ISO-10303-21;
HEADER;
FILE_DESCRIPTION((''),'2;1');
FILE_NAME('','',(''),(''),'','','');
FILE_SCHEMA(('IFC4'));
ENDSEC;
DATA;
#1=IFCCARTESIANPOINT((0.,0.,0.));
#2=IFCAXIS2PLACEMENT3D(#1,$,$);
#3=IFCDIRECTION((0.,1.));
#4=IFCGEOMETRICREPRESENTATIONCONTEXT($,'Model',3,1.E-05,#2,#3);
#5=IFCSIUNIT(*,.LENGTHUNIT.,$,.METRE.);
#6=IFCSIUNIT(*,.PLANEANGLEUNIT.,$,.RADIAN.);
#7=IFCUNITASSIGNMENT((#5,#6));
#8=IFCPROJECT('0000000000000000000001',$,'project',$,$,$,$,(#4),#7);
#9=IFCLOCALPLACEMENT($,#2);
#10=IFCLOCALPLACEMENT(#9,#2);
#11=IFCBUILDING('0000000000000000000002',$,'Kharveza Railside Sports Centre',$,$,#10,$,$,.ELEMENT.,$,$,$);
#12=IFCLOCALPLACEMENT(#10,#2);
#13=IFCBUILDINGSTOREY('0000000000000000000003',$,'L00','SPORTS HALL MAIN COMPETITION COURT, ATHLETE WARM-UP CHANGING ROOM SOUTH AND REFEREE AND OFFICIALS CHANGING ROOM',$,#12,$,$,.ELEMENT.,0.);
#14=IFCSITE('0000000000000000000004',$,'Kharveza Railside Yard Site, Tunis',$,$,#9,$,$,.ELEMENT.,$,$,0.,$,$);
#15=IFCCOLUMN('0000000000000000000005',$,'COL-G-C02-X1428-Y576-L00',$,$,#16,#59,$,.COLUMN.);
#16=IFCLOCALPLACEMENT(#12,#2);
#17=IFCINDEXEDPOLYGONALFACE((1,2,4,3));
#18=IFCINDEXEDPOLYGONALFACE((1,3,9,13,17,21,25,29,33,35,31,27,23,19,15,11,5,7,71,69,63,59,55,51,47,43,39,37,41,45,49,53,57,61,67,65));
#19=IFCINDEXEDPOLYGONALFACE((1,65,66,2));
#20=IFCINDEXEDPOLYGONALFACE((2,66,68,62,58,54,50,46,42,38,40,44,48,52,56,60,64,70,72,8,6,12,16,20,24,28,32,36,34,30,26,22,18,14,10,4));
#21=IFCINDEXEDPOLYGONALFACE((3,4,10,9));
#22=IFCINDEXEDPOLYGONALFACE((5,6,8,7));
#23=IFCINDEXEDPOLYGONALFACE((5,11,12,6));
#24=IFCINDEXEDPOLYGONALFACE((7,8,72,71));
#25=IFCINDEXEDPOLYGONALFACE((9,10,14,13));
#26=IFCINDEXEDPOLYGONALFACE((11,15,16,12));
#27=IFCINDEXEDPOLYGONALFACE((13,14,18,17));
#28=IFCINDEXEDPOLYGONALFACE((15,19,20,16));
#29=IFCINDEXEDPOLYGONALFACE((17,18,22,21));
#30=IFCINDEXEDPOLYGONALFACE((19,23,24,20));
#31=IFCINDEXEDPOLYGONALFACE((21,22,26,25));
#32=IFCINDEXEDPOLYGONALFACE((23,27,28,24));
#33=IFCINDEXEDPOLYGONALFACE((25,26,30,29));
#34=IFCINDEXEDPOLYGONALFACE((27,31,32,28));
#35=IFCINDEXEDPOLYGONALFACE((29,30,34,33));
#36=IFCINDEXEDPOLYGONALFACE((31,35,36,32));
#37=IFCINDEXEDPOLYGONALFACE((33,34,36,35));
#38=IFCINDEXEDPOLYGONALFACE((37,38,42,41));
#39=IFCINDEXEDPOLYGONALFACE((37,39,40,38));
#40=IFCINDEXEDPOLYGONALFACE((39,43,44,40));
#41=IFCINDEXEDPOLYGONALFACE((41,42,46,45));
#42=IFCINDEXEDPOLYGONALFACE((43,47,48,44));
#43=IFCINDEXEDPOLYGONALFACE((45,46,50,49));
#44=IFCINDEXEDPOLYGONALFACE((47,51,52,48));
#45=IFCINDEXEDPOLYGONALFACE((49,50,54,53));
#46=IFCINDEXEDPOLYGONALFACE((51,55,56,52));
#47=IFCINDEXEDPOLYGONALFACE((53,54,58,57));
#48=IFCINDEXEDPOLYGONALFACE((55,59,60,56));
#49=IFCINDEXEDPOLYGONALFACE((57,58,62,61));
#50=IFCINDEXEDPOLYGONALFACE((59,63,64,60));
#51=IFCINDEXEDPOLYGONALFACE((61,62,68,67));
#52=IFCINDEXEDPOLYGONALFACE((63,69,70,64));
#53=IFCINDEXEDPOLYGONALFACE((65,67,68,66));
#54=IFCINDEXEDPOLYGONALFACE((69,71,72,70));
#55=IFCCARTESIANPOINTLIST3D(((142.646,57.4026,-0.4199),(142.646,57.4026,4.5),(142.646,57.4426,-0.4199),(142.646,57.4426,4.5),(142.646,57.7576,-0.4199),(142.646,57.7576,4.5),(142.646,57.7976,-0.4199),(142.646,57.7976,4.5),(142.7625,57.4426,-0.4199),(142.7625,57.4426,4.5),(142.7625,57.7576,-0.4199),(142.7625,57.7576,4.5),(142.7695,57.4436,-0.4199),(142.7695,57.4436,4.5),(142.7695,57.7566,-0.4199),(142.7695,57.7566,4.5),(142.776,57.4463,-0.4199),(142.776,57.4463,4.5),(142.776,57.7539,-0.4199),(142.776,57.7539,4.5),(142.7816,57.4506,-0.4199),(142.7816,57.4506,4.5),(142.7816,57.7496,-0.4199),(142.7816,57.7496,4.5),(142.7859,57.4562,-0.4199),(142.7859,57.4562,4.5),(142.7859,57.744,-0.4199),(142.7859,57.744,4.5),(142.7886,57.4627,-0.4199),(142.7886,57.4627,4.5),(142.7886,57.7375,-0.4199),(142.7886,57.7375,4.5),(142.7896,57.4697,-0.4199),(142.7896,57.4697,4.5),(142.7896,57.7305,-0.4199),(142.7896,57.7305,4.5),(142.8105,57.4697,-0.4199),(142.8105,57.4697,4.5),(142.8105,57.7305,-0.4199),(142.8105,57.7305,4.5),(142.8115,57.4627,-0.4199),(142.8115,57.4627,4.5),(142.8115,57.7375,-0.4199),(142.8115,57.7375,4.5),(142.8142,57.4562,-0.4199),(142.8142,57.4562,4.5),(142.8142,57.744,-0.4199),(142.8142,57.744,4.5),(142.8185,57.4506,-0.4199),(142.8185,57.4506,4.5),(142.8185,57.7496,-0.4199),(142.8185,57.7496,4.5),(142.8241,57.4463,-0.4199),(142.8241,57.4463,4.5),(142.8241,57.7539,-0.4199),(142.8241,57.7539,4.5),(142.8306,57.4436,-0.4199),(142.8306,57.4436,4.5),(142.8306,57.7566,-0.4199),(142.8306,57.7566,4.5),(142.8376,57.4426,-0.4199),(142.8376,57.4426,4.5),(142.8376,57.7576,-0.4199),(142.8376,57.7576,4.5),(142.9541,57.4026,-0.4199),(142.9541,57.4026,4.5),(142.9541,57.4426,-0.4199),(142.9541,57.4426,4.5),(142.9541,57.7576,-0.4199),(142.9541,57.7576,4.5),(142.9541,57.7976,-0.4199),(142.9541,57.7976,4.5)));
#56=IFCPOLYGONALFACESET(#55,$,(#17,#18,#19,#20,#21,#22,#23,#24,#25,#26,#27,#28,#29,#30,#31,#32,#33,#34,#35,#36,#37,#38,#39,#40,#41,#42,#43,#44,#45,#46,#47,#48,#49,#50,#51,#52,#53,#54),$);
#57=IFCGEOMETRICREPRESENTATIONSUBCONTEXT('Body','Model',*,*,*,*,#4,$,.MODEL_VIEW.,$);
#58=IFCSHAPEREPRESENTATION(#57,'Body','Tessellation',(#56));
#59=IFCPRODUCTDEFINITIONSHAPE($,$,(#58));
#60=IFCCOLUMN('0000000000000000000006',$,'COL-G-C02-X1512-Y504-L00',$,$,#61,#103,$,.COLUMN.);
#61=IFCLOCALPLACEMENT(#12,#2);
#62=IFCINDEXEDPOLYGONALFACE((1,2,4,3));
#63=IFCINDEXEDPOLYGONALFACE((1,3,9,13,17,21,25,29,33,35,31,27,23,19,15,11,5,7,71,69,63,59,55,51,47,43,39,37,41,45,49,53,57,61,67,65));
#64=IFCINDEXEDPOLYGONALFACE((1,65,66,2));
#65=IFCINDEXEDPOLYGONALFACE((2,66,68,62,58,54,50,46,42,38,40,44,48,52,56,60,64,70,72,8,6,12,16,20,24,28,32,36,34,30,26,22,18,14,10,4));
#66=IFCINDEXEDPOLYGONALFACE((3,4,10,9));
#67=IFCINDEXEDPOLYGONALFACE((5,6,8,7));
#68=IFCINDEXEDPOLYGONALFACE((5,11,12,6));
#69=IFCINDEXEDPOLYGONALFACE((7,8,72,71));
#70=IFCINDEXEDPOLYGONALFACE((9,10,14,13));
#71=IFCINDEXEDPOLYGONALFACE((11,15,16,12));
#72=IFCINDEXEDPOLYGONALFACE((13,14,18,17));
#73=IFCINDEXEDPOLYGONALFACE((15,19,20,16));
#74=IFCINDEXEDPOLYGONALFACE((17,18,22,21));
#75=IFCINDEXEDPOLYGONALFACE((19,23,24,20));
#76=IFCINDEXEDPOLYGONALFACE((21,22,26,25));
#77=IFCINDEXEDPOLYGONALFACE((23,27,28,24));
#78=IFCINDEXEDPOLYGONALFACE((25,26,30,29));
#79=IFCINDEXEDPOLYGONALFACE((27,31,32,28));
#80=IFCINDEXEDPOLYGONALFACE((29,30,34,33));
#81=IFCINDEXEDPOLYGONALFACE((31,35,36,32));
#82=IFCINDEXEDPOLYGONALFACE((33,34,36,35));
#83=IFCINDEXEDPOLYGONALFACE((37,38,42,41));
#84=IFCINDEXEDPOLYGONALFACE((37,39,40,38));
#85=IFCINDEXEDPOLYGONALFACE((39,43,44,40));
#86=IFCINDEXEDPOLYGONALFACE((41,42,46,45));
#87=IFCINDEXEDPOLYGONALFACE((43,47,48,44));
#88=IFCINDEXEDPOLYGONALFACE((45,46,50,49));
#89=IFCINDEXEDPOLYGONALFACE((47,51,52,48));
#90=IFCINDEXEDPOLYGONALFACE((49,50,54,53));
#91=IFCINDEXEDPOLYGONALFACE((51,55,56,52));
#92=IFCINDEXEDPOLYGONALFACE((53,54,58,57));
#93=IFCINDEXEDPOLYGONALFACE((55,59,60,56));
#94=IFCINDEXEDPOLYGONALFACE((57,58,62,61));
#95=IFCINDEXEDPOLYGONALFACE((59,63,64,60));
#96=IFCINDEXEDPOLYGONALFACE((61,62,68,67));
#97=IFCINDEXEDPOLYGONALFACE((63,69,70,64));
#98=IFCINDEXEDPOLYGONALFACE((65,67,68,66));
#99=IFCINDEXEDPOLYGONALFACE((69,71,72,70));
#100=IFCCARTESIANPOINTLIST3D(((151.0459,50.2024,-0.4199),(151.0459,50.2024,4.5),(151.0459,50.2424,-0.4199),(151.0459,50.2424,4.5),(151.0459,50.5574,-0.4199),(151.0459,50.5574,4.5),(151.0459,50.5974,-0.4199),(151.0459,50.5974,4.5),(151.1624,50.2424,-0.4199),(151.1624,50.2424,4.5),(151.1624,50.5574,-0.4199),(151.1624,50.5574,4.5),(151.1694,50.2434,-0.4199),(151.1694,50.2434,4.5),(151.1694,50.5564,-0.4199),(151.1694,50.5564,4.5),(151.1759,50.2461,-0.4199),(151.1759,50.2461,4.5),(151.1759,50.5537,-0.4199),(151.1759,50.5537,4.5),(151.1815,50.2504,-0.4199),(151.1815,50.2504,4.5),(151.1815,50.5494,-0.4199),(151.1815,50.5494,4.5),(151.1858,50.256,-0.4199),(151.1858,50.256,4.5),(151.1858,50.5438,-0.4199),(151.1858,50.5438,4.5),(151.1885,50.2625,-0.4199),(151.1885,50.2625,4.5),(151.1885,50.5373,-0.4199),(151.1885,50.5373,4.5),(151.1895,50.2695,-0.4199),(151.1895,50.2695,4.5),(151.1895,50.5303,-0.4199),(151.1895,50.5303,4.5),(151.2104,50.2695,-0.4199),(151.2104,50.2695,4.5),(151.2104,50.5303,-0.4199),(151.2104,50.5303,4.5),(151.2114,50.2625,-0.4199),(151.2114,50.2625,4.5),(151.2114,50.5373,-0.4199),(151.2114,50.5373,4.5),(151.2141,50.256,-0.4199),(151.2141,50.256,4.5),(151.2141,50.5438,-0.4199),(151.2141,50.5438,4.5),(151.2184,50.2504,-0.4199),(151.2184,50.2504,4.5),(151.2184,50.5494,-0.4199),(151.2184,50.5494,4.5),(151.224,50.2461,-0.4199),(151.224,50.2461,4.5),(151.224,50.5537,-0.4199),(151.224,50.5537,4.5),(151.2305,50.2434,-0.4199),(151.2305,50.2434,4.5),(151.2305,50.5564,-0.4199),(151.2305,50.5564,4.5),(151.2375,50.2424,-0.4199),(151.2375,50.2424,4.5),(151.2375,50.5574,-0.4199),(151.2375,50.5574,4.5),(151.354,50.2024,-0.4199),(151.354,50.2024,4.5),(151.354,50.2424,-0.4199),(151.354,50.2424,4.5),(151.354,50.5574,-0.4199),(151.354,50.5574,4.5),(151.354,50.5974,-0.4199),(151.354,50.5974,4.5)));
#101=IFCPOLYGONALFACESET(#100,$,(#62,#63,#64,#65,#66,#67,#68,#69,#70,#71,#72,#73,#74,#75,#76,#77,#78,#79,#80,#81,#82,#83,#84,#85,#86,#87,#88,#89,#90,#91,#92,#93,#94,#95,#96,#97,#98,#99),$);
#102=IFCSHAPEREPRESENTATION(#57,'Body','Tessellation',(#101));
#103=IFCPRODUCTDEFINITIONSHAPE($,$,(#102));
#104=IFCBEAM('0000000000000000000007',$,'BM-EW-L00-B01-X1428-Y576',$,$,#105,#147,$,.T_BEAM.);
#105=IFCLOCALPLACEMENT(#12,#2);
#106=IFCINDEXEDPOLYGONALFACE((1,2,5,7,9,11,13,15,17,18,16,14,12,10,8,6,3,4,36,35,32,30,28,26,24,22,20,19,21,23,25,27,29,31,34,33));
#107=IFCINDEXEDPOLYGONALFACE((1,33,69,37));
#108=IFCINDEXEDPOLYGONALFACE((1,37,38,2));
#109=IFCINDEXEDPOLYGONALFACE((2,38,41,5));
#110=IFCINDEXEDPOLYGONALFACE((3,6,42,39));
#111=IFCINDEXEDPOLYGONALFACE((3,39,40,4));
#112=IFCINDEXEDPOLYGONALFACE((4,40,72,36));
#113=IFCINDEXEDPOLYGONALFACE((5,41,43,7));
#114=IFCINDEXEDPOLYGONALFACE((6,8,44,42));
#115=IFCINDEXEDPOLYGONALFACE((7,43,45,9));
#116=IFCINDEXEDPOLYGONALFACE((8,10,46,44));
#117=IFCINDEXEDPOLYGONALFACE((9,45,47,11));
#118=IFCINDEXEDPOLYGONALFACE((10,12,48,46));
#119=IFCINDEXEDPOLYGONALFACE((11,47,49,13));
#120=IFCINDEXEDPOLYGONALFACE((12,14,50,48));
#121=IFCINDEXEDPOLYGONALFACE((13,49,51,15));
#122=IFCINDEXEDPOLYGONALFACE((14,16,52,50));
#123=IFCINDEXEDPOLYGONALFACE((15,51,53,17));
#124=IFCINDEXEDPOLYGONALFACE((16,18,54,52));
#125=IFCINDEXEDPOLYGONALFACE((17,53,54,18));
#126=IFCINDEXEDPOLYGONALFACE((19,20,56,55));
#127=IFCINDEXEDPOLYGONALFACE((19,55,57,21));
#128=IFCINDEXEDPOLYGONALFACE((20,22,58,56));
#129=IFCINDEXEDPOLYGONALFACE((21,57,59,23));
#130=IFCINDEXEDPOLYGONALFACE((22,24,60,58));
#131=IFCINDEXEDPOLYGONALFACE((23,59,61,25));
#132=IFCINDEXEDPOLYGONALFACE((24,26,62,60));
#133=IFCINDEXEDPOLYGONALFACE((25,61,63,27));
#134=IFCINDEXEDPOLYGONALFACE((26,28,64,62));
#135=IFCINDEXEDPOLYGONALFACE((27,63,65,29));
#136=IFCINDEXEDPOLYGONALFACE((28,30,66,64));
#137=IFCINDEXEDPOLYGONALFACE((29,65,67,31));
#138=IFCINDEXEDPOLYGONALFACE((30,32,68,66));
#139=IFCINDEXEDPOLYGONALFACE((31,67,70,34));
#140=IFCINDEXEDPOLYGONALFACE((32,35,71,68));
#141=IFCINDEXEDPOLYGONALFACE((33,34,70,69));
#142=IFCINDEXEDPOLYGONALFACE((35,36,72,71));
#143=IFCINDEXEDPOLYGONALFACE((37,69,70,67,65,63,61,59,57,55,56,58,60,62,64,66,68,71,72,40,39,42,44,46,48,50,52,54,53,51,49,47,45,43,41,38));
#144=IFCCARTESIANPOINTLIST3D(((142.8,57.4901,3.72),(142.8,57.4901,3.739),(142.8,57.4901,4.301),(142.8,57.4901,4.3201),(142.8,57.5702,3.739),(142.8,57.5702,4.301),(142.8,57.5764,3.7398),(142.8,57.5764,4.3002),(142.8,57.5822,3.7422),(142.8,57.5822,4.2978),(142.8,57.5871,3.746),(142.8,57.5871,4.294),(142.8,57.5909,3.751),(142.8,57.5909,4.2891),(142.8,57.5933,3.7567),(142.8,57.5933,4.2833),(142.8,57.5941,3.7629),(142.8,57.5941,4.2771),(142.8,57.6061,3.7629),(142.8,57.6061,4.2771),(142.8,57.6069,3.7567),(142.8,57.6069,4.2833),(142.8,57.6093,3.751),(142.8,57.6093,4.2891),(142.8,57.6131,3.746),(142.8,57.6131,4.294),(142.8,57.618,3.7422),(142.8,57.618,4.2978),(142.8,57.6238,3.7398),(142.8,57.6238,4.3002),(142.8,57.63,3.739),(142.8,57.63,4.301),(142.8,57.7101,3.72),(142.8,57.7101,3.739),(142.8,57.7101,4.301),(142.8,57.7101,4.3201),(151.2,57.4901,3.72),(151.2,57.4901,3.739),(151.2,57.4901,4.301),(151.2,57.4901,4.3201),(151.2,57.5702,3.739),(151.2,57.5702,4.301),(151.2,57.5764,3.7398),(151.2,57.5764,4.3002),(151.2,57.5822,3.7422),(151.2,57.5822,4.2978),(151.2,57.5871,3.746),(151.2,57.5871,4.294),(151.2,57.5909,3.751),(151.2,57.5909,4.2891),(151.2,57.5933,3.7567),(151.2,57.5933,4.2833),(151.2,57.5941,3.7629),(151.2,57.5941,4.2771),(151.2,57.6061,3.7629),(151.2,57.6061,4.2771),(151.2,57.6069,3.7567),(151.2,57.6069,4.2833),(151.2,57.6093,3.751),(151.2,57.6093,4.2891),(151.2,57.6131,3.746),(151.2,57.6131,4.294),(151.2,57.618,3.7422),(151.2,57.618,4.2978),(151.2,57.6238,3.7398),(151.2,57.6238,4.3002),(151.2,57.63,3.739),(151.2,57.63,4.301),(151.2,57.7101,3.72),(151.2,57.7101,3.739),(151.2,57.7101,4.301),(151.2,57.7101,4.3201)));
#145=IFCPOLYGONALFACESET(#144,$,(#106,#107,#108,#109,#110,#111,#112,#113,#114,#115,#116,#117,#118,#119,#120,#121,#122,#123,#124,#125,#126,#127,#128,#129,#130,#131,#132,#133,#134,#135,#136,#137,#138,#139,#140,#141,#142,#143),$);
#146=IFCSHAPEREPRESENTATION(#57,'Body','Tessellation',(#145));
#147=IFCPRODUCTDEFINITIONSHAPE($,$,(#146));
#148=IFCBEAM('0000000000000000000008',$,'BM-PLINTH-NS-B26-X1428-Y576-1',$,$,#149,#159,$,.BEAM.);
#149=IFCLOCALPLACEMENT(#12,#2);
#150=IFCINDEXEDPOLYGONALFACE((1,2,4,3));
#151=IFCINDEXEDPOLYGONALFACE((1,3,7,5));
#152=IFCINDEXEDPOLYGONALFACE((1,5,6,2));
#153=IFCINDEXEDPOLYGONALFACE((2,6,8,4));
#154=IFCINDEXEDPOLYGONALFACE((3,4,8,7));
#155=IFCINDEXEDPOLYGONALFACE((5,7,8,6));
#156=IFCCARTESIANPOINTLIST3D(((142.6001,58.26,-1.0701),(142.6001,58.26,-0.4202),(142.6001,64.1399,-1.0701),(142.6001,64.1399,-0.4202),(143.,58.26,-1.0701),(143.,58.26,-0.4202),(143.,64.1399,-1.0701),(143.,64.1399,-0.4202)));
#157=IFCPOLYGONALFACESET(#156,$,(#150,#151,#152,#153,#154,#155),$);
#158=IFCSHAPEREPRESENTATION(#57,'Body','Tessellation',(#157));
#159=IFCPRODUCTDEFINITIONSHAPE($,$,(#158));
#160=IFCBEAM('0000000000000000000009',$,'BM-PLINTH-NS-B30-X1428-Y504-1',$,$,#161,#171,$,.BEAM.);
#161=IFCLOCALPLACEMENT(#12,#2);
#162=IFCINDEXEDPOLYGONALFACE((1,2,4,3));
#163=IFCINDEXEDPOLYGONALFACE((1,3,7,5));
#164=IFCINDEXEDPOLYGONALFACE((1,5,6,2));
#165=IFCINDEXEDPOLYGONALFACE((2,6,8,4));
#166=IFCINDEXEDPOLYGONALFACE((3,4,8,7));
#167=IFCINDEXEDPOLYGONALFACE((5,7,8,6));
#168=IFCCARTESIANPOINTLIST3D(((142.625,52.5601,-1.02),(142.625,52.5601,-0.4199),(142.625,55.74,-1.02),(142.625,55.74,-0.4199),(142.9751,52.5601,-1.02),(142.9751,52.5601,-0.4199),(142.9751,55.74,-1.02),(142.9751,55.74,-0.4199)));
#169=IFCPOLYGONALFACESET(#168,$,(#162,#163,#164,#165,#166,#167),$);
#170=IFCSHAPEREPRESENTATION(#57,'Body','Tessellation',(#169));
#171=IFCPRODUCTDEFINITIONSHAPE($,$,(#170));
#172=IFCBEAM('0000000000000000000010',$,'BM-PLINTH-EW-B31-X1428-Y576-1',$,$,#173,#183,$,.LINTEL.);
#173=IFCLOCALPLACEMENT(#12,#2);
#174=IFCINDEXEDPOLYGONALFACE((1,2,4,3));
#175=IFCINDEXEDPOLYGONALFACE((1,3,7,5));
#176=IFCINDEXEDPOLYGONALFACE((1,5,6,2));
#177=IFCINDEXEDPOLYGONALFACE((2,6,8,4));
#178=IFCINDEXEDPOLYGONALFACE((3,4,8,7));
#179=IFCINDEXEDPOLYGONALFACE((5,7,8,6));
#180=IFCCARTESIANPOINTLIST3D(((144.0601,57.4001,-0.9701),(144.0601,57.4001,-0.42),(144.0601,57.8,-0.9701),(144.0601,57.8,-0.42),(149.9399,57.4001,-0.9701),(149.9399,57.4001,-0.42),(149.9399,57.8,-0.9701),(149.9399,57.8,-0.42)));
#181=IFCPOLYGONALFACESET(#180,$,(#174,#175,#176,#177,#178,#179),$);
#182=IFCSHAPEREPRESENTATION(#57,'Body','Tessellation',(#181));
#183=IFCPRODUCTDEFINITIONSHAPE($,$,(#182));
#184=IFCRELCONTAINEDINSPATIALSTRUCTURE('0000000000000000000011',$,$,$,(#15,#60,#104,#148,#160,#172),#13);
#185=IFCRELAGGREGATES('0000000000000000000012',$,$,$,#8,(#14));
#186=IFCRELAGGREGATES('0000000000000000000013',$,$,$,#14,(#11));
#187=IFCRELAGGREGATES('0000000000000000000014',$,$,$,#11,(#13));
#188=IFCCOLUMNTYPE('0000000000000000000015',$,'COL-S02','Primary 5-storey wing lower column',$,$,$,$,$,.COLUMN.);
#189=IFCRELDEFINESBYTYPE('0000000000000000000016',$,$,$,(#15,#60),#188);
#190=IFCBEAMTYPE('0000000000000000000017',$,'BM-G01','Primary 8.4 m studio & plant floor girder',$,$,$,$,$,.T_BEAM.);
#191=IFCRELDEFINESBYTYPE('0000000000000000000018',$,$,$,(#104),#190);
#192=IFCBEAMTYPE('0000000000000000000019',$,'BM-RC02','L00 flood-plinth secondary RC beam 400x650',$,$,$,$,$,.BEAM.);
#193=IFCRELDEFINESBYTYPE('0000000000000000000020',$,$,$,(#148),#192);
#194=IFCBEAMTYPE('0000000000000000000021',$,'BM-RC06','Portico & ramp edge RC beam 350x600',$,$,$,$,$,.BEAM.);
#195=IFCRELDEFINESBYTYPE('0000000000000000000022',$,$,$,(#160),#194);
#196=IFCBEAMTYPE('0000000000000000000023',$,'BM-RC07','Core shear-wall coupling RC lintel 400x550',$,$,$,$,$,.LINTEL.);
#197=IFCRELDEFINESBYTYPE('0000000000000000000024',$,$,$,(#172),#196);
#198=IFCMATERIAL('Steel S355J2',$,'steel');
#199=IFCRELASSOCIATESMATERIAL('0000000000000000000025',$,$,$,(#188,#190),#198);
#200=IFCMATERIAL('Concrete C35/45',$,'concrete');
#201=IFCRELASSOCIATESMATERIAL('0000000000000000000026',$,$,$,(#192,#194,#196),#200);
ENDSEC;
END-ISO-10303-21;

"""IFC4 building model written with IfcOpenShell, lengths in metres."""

from ifc_helpers import new_model, si_unit, direction, frame, origin, origin_2d, place, context, subcontext, project, spatial, rectangle, i_section, extrude, material, material_profile, profile_set, type_object, element, save


model = new_model("IFC4")

# Units and contexts
model_context = context("Model", 3, precision=1e-05, world=origin(), true_north=direction((0.0, 1.0)))
body_context = subcontext(model_context, "Body", "Model", "MODEL_VIEW")
ifc_project = project(units=[si_unit("LENGTHUNIT", "METRE"), si_unit("PLANEANGLEUNIT", "RADIAN")], contexts=[model_context])

# Site, building, storey
site_placement = place(None, origin())
site = spatial("IfcSite", under=ifc_project, at=site_placement, Name="Kharveza Railside Yard Site, Tunis", CompositionType="ELEMENT", RefElevation=0.0)
building_placement = place(site_placement, origin())
building = spatial("IfcBuilding", under=site, at=building_placement, Name="Kharveza Railside Sports Centre", CompositionType="ELEMENT")
storey_placement = place(building_placement, origin())
storey = spatial("IfcBuildingStorey", under=building, at=storey_placement, Name="L00", Description="SPORTS HALL MAIN COMPETITION COURT, ATHLETE WARM-UP CHANGING ROOM SOUTH AND REFEREE AND OFFICIALS CHANGING ROOM", CompositionType="ELEMENT", Elevation=0.0)

# Shared definitions
ifc_material_1 = material(Name="Concrete C35/45", Category="concrete")

# Columns
ifc_material_2 = material(Name="Steel S355J2", Category="steel")
ifc_material_profile_1 = material_profile(ifc_material_2, i_section(OverallWidth=0.3081, OverallDepth=0.395, WebThickness=0.021, FlangeThickness=0.04, FilletRadius=0.0271, at=origin_2d()), Name="HEM 360")
ifc_profile_set_1 = profile_set([ifc_material_profile_1], Name="Steel S355J2")
column_type = type_object("IfcColumnType", Name="COL-S02", Description="Primary 5-storey wing lower column", PredefinedType="COLUMN", material=ifc_profile_set_1)
for number, where, z_axis, x_axis, name in (
    (1, (142.8, 57.6001, -0.4199), (0.0, 0.0, 1.0), (1.0, 0.0, 0.0), "COL-G-C02-X1428-Y576-L00"),
    (2, (151.2, 50.3999, -0.4199), (0.0, 0.0, 1.0), (1.0, 0.0, 0.0), "COL-G-C02-X1512-Y504-L00"),
):
    element("IfcColumn", number, at=place(storey_placement, frame(where, z_axis=z_axis, x_axis=x_axis)), inside=storey, type_object=column_type, Name=name, PredefinedType="COLUMN", context=body_context, shape_type="SweptSolid", body=[
        extrude(i_section(OverallWidth=0.3081, OverallDepth=0.395, WebThickness=0.021, FlangeThickness=0.04, FilletRadius=0.0271, at=origin_2d()), origin(), (0.0, 0.0, 1.0), 4.9199),
    ])

# Beams
ifc_material_profile_2 = material_profile(ifc_material_2, i_section(OverallWidth=0.22, OverallDepth=0.6001, WebThickness=0.012, FlangeThickness=0.019, FilletRadius=0.0239, at=origin_2d()), Name="IPE 600")
ifc_profile_set_2 = profile_set([ifc_material_profile_2], Name="Steel S355J2")
beam_type_1 = type_object("IfcBeamType", Name="BM-G01", Description="Primary 8.4 m studio & plant floor girder", PredefinedType="T_BEAM", material=ifc_profile_set_2)
beam_1_placement = place(storey_placement, frame((142.8, 57.6001, 4.02), z_axis=(1.0, 0.0, 0.0), x_axis=(0.0, 1.0, 0.0)))
element("IfcBeam", 3, at=beam_1_placement, inside=storey, type_object=beam_type_1, Name="BM-EW-L00-B01-X1428-Y576", PredefinedType="T_BEAM", context=body_context, shape_type="SweptSolid", body=[
    extrude(i_section(OverallWidth=0.22, OverallDepth=0.6001, WebThickness=0.012, FlangeThickness=0.019, FilletRadius=0.0239, at=origin_2d()), origin(), (0.0, 0.0, 1.0), 8.3999),
])
ifc_material_profile_3 = material_profile(ifc_material_1, rectangle(XDim=0.3999, YDim=0.6499, at=origin_2d()), Name="RCB 400x650")
ifc_profile_set_3 = profile_set([ifc_material_profile_3], Name="Concrete C35/45")
beam_type_2 = type_object("IfcBeamType", Name="BM-RC02", Description="L00 flood-plinth secondary RC beam 400x650", PredefinedType="BEAM", material=ifc_profile_set_3)
beam_2_placement = place(storey_placement, frame((142.8, 58.26, -0.7451), z_axis=(0.0, 1.0, 0.0), x_axis=(-1.0, 0.0, 0.0)))
element("IfcBeam", 4, at=beam_2_placement, inside=storey, type_object=beam_type_2, Name="BM-PLINTH-NS-B26-X1428-Y576-1", PredefinedType="BEAM", context=body_context, shape_type="SweptSolid", body=[
    extrude(rectangle(XDim=0.3999, YDim=0.6499, at=origin_2d()), origin(), (0.0, 0.0, 1.0), 5.8799),
])
ifc_material_profile_4 = material_profile(ifc_material_1, rectangle(XDim=0.3501, YDim=0.6001, at=origin_2d()), Name="RCB 350x600")
ifc_profile_set_4 = profile_set([ifc_material_profile_4], Name="Concrete C35/45")
beam_type_3 = type_object("IfcBeamType", Name="BM-RC06", Description="Portico & ramp edge RC beam 350x600", PredefinedType="BEAM", material=ifc_profile_set_4)
beam_3_placement = place(storey_placement, frame((142.8, 52.5601, -0.72), z_axis=(0.0, 1.0, 0.0), x_axis=(-1.0, 0.0, 0.0)))
element("IfcBeam", 5, at=beam_3_placement, inside=storey, type_object=beam_type_3, Name="BM-PLINTH-NS-B30-X1428-Y504-1", PredefinedType="BEAM", context=body_context, shape_type="SweptSolid", body=[
    extrude(rectangle(XDim=0.3501, YDim=0.6001, at=origin_2d()), origin(), (0.0, 0.0, 1.0), 3.1799),
])
ifc_material_profile_5 = material_profile(ifc_material_1, rectangle(XDim=0.3999, YDim=0.55, at=origin_2d()), Name="RCB 400x550")
ifc_profile_set_5 = profile_set([ifc_material_profile_5], Name="Concrete C35/45")
beam_type_4 = type_object("IfcBeamType", Name="BM-RC07", Description="Core shear-wall coupling RC lintel 400x550", PredefinedType="LINTEL", material=ifc_profile_set_5)
beam_4_placement = place(storey_placement, frame((144.0601, 57.6001, -0.6951), z_axis=(1.0, 0.0, 0.0), x_axis=(0.0, 1.0, 0.0)))
element("IfcBeam", 6, at=beam_4_placement, inside=storey, type_object=beam_type_4, Name="BM-PLINTH-EW-B31-X1428-Y576-1", PredefinedType="LINTEL", context=body_context, shape_type="SweptSolid", body=[
    extrude(rectangle(XDim=0.3999, YDim=0.55, at=origin_2d()), origin(), (0.0, 0.0, 1.0), 5.8799),
])

save(model, "model.ifc")
